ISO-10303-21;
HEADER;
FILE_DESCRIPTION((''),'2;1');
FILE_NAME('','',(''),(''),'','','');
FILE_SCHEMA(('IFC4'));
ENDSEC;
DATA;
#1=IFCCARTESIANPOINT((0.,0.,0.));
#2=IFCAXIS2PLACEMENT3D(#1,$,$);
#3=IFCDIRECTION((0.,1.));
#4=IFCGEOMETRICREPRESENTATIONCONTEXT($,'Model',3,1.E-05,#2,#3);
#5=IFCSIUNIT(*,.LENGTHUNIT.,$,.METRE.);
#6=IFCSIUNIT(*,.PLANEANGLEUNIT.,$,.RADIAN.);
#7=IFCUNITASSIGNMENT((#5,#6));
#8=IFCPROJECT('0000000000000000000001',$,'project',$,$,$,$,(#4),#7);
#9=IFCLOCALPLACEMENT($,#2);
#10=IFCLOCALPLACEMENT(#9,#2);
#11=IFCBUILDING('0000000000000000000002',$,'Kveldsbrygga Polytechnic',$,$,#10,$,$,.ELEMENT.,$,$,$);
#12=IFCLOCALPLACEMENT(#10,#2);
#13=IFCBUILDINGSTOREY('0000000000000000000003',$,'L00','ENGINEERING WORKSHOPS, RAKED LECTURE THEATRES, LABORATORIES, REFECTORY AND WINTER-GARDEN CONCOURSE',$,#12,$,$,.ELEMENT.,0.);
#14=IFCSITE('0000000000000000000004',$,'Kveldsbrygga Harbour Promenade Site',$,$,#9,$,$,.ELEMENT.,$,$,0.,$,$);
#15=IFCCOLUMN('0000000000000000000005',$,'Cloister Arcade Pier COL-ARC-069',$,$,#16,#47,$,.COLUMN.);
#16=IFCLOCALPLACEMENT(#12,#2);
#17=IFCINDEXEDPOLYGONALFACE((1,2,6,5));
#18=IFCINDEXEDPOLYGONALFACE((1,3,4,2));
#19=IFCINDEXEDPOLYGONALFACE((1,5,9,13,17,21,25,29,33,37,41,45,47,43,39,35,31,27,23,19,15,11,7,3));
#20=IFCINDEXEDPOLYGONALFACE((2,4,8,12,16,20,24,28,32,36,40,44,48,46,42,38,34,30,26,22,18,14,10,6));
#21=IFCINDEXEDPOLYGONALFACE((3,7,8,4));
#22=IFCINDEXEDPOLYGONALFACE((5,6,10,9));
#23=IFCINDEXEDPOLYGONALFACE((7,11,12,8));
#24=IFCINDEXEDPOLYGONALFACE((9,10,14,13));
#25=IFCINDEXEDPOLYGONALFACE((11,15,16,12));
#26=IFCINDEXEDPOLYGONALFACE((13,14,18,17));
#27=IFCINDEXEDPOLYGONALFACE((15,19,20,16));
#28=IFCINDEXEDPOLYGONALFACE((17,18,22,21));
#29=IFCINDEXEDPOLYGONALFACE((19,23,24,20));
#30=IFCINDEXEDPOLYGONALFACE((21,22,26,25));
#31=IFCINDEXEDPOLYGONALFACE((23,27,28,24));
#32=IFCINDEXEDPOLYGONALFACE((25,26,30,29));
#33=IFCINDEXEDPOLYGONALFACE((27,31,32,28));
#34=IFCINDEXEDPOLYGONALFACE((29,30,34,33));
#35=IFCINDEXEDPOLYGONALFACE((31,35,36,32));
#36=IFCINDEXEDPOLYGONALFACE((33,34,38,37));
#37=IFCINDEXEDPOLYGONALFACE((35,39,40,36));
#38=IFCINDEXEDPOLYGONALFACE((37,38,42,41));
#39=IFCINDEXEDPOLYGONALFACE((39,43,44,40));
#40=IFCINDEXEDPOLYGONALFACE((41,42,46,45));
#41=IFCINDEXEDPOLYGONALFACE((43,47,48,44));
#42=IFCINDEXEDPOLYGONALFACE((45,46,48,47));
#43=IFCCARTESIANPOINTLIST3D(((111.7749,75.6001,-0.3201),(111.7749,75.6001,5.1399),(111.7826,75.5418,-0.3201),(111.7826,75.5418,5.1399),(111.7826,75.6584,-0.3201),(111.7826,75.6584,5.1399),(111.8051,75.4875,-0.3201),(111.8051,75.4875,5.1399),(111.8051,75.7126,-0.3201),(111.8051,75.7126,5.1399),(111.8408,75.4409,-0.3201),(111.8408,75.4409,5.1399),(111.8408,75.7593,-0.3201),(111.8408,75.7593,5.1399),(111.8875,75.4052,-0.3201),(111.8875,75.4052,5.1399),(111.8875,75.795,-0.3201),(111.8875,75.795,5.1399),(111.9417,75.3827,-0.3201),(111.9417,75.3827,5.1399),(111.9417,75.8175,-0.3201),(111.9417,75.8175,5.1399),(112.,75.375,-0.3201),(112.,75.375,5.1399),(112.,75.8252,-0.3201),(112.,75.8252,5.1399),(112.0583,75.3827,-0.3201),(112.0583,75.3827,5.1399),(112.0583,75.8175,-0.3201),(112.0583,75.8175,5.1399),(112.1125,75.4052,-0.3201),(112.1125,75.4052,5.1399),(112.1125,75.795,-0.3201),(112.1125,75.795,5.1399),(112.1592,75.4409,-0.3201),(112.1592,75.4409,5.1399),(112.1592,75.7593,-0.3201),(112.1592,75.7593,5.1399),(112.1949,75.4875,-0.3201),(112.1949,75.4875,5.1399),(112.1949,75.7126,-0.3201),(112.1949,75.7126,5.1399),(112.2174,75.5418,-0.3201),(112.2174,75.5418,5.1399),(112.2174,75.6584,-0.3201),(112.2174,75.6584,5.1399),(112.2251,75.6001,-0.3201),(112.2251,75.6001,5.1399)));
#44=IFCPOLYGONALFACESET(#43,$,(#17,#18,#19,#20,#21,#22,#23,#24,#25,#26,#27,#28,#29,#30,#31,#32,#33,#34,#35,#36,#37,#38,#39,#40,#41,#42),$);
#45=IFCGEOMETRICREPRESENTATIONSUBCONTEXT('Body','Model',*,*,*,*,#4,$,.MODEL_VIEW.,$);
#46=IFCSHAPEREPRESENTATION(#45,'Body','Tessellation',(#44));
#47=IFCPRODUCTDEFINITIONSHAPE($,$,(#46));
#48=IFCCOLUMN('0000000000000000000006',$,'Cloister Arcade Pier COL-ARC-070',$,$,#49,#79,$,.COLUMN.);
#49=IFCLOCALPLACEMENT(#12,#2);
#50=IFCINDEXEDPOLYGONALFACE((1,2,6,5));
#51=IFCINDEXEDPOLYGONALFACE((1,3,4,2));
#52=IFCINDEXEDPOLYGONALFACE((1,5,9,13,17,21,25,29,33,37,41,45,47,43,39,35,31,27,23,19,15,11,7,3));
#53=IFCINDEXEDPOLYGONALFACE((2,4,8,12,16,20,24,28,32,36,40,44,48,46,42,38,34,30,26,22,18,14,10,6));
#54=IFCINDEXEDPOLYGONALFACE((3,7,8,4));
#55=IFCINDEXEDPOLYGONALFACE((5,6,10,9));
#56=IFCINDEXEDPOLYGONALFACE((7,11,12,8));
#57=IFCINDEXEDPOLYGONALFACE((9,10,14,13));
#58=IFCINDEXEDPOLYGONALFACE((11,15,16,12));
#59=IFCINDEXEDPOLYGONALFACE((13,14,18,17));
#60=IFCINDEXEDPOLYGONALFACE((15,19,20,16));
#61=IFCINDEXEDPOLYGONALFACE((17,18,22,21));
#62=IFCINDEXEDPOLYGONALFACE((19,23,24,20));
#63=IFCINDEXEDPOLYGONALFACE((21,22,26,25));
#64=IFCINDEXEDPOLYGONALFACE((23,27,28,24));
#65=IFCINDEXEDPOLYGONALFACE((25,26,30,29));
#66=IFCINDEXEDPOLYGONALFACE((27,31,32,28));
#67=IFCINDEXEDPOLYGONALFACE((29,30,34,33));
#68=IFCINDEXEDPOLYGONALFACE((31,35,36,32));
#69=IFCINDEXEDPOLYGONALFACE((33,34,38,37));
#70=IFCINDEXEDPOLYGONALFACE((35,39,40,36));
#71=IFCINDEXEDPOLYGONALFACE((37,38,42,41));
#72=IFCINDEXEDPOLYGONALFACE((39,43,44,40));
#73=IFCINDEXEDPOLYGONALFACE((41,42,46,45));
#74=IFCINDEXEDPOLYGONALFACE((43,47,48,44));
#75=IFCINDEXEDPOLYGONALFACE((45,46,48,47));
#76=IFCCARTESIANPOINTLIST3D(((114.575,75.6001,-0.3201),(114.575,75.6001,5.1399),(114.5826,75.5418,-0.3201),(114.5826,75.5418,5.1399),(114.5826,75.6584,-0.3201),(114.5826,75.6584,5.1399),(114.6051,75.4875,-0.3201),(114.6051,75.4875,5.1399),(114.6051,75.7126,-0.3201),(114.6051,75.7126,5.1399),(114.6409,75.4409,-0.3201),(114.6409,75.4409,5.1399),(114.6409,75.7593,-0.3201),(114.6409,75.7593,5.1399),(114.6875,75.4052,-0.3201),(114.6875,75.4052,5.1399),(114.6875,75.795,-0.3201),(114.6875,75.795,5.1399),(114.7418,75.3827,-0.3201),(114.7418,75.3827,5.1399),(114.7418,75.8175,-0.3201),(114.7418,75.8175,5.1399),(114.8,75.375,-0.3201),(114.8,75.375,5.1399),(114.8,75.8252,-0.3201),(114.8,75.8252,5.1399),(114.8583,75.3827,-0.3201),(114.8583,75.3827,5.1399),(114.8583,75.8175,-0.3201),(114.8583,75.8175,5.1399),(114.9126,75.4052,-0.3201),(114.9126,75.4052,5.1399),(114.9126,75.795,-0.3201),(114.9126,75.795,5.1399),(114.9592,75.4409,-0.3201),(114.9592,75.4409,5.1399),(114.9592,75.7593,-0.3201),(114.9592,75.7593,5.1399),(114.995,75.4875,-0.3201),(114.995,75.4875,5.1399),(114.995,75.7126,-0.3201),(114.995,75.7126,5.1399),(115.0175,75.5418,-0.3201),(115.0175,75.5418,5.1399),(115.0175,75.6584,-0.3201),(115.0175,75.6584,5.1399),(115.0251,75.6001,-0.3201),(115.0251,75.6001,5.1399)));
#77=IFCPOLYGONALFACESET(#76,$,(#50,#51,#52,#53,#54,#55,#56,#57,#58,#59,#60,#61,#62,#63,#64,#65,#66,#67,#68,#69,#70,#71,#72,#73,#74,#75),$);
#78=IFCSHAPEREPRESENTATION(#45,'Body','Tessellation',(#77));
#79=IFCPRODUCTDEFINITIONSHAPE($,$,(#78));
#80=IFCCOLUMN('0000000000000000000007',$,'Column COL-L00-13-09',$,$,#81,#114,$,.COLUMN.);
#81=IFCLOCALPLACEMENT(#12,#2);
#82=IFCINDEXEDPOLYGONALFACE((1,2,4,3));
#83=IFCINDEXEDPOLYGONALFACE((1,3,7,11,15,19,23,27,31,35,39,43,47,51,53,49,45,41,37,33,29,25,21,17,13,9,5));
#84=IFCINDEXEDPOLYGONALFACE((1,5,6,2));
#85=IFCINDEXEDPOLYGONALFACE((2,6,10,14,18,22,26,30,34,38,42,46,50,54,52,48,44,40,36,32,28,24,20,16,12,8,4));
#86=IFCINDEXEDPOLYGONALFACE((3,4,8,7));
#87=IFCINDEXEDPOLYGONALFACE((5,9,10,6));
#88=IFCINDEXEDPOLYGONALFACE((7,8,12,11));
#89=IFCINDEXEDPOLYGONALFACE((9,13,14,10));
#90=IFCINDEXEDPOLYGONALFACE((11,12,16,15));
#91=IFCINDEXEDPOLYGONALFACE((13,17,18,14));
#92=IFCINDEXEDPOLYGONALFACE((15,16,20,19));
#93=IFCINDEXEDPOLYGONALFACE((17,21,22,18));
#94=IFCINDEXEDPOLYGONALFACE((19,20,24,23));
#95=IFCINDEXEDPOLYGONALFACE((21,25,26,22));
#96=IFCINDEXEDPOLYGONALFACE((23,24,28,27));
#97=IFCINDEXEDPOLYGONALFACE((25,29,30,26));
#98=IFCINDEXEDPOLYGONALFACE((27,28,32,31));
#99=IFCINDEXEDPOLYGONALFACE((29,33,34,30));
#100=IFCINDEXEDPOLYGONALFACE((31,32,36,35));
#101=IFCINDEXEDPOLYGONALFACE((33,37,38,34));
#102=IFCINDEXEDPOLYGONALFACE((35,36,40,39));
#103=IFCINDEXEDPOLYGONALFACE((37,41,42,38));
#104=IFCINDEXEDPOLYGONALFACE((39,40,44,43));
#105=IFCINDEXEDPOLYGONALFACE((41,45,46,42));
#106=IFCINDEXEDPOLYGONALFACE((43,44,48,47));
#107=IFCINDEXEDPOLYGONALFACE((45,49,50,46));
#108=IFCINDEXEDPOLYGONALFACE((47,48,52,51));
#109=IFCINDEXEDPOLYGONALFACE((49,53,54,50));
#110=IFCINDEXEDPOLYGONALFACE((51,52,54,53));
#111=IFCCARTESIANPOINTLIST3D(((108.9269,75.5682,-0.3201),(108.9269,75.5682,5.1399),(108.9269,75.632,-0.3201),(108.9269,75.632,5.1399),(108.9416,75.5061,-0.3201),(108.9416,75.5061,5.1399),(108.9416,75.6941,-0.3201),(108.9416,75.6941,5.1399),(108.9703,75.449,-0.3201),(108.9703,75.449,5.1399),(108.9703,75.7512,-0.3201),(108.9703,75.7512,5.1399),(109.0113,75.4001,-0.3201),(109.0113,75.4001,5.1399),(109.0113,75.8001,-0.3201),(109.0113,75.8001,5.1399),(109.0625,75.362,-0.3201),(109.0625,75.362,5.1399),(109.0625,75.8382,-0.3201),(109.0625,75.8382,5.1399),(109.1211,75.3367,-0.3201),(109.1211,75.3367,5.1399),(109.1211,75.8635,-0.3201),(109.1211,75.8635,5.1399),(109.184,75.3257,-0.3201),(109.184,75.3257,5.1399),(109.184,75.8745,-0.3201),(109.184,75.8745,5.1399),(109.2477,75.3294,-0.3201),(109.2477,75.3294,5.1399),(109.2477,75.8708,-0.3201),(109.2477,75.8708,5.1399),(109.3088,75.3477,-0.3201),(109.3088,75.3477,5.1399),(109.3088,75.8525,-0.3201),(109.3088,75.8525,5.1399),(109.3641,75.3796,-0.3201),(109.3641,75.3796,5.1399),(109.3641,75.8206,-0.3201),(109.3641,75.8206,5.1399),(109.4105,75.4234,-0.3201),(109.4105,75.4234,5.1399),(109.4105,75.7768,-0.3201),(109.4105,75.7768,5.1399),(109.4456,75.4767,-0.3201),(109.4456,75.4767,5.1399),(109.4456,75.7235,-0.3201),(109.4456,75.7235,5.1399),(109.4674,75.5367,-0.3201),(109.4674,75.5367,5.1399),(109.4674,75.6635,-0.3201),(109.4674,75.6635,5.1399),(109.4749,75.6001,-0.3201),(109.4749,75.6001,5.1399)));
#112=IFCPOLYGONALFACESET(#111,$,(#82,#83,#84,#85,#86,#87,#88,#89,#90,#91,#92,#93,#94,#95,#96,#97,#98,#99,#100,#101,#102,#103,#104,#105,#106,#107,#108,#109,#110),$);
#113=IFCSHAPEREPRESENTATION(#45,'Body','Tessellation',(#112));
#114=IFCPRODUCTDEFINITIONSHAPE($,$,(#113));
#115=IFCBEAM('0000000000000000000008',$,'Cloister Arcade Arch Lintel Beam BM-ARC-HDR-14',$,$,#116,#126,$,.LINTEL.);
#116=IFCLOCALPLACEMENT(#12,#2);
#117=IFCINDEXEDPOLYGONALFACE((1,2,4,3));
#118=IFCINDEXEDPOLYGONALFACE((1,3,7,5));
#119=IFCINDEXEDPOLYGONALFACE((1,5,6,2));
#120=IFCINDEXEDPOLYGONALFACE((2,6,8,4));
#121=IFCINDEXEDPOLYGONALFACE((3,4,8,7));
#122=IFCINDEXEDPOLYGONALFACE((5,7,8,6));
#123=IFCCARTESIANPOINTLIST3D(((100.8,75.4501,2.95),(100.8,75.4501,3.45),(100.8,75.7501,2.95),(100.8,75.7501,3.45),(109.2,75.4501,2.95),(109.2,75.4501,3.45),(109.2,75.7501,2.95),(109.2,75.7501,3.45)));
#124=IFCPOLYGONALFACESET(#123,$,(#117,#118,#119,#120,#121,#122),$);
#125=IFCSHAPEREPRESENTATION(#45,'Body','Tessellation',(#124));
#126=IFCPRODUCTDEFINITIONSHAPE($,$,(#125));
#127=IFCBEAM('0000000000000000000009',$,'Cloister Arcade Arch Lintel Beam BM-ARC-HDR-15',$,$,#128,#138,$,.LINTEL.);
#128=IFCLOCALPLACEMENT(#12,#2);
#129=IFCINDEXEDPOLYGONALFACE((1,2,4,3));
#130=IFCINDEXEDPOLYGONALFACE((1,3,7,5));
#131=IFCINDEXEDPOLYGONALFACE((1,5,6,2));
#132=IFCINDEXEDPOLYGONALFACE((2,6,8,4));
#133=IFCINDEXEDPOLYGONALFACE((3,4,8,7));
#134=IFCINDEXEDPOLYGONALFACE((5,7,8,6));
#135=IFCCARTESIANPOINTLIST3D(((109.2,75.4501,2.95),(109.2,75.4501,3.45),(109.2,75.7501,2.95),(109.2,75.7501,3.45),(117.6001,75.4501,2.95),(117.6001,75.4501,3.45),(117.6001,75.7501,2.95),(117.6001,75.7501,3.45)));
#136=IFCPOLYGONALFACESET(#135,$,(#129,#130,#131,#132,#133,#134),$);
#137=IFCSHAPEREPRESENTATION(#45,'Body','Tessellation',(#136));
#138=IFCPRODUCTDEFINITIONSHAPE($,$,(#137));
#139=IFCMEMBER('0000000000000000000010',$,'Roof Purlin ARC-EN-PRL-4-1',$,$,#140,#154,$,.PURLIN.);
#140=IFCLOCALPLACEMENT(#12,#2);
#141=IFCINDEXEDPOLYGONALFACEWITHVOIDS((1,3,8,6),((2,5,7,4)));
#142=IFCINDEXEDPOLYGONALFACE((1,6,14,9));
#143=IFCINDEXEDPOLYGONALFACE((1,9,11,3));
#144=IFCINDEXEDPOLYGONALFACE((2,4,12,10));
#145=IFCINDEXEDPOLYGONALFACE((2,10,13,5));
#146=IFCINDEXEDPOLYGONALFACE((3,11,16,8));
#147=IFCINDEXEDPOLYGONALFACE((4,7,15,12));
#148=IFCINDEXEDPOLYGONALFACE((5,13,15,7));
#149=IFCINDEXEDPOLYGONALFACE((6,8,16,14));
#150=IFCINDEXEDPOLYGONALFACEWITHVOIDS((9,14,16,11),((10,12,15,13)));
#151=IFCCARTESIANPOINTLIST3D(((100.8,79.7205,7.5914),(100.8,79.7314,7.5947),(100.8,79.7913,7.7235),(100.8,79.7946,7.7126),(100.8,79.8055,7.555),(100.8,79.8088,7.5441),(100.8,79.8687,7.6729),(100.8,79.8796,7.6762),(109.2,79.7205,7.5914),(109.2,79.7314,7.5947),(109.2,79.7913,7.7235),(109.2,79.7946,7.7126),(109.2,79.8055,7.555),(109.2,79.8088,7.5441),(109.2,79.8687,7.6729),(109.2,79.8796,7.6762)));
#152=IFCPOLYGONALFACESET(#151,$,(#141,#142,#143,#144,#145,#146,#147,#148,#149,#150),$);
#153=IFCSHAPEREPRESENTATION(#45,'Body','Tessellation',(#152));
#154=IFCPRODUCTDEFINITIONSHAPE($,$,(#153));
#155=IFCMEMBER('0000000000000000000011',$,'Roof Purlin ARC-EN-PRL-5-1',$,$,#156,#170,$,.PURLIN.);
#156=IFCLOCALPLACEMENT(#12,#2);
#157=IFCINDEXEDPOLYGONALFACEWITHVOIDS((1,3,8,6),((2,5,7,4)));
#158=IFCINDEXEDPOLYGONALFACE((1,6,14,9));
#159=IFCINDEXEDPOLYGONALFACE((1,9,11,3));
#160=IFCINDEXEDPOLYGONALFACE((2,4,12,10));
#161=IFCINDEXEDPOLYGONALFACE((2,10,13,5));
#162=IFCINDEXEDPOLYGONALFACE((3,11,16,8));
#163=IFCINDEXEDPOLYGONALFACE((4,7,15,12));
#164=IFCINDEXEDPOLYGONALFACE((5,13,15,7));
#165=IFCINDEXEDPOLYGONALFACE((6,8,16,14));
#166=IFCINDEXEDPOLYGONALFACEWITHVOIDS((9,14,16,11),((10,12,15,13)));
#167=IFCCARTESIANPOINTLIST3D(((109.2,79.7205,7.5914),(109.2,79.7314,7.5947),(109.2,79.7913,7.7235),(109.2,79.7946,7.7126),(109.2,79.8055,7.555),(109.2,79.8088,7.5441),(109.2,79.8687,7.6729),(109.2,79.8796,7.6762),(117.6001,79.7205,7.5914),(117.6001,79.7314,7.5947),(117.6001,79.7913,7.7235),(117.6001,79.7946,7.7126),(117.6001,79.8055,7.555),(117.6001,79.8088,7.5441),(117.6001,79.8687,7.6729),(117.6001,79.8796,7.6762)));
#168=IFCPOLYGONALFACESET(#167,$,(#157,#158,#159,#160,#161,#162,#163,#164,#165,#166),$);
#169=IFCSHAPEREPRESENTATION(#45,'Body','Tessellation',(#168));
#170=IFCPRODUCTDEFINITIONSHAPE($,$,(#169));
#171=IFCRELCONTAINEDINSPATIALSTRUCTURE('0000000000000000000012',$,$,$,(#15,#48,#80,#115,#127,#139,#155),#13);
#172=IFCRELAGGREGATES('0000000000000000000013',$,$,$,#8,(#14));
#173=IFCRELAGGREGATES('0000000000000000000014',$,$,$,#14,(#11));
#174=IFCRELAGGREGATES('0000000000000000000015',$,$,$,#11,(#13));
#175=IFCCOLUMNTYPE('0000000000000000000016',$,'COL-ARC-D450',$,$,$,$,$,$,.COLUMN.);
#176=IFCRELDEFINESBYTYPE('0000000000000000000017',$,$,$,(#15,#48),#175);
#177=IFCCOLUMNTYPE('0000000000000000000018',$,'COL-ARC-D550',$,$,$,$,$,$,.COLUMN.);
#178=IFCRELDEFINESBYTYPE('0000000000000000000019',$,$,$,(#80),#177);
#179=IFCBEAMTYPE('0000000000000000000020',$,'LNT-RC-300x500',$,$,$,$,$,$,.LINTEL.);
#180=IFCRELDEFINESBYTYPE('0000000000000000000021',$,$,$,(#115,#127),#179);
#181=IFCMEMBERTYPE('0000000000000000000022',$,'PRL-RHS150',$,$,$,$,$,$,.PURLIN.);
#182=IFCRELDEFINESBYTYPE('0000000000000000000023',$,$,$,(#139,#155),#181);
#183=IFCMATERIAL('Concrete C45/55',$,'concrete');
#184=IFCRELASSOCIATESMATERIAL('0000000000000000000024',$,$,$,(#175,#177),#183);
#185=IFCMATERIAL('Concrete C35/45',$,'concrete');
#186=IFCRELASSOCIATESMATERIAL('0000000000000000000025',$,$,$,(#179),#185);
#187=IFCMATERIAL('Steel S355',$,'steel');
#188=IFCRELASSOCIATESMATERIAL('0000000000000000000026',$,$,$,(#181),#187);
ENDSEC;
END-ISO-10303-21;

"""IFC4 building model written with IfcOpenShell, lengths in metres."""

from ifc_helpers import new_model, si_unit, direction, frame, origin, origin_2d, place, context, subcontext, project, spatial, rectangle, hollow_rectangle, circle, extrude, material, material_profile, profile_set, type_object, element, save


model = new_model("IFC4")

# Units and contexts
model_context = context("Model", 3, precision=1e-05, world=origin(), true_north=direction((0.0, 1.0)))
body_context = subcontext(model_context, "Body", "Model", "MODEL_VIEW")
ifc_project = project(units=[si_unit("LENGTHUNIT", "METRE"), si_unit("PLANEANGLEUNIT", "RADIAN")], contexts=[model_context])

# Site, building, storey
site_placement = place(None, origin())
site = spatial("IfcSite", under=ifc_project, at=site_placement, Name="Kveldsbrygga Harbour Promenade Site", CompositionType="ELEMENT", RefElevation=0.0)
building_placement = place(site_placement, origin())
building = spatial("IfcBuilding", under=site, at=building_placement, Name="Kveldsbrygga Polytechnic", CompositionType="ELEMENT")
storey_placement = place(building_placement, origin())
storey = spatial("IfcBuildingStorey", under=building, at=storey_placement, Name="L00", Description="ENGINEERING WORKSHOPS, RAKED LECTURE THEATRES, LABORATORIES, REFECTORY AND WINTER-GARDEN CONCOURSE", CompositionType="ELEMENT", Elevation=0.0)

# Shared definitions
ifc_material_1 = material(Name="Concrete C35/45", Category="concrete")

# Shared definitions
ifc_material_2 = material(Name="Concrete C45/55", Category="concrete")

# Columns
ifc_material_profile_1 = material_profile(ifc_material_2, circle(Radius=0.2251, at=origin_2d()), Name="RC D450")
ifc_profile_set_1 = profile_set([ifc_material_profile_1], Name="Concrete C45/55")
column_type_1 = type_object("IfcColumnType", Name="COL-ARC-D450", PredefinedType="COLUMN", material=ifc_profile_set_1)
for number, where, z_axis, x_axis, name in (
    (1, (112.0, 75.6001, -0.3201), (0.0, 0.0, 1.0), (1.0, 0.0, 0.0), "Cloister Arcade Pier COL-ARC-069"),
    (2, (114.8, 75.6001, -0.3201), (0.0, 0.0, 1.0), (1.0, 0.0, 0.0), "Cloister Arcade Pier COL-ARC-070"),
):
    element("IfcColumn", number, at=place(storey_placement, frame(where, z_axis=z_axis, x_axis=x_axis)), inside=storey, type_object=column_type_1, Name=name, PredefinedType="COLUMN", context=body_context, shape_type="SweptSolid", body=[
        extrude(circle(Radius=0.2251, at=origin_2d()), origin(), (0.0, 0.0, 1.0), 5.46),
    ])
ifc_material_profile_2 = material_profile(ifc_material_2, circle(Radius=0.2749, at=origin_2d()), Name="RC D550")
ifc_profile_set_2 = profile_set([ifc_material_profile_2], Name="Concrete C45/55")
column_type_2 = type_object("IfcColumnType", Name="COL-ARC-D550", PredefinedType="COLUMN", material=ifc_profile_set_2)
column_placement = place(storey_placement, frame((109.2, 75.6001, -0.3201), z_axis=(0.0, 0.0, 1.0), x_axis=(1.0, 0.0, 0.0)))
element("IfcColumn", 3, at=column_placement, inside=storey, type_object=column_type_2, Name="Column COL-L00-13-09", PredefinedType="COLUMN", context=body_context, shape_type="SweptSolid", body=[
    extrude(circle(Radius=0.2749, at=origin_2d()), origin(), (0.0, 0.0, 1.0), 5.46),
])

# Beams
ifc_material_profile_3 = material_profile(ifc_material_1, rectangle(XDim=0.3, YDim=0.5, at=origin_2d()), Name="RC 300x500")
ifc_profile_set_3 = profile_set([ifc_material_profile_3], Name="Concrete C35/45")
beam_type = type_object("IfcBeamType", Name="LNT-RC-300x500", PredefinedType="LINTEL", material=ifc_profile_set_3)
beam_1_placement = place(storey_placement, frame((100.8, 75.6001, 3.2), z_axis=(1.0, 0.0, 0.0), x_axis=(0.0, 1.0, 0.0)))
element("IfcBeam", 4, at=beam_1_placement, inside=storey, type_object=beam_type, Name="Cloister Arcade Arch Lintel Beam BM-ARC-HDR-14", PredefinedType="LINTEL", context=body_context, shape_type="SweptSolid", body=[
    extrude(rectangle(XDim=0.3, YDim=0.5, at=origin_2d()), origin(), (0.0, 0.0, 1.0), 8.3999),
])
beam_2_placement = place(storey_placement, frame((109.2, 75.6001, 3.2), z_axis=(1.0, 0.0, 0.0), x_axis=(0.0, 1.0, 0.0)))
element("IfcBeam", 5, at=beam_2_placement, inside=storey, type_object=beam_type, Name="Cloister Arcade Arch Lintel Beam BM-ARC-HDR-15", PredefinedType="LINTEL", context=body_context, shape_type="SweptSolid", body=[
    extrude(rectangle(XDim=0.3, YDim=0.5, at=origin_2d()), origin(), (0.0, 0.0, 1.0), 8.4001),
])

# Members
ifc_material_3 = material(Name="Steel S355", Category="steel")
ifc_material_profile_4 = material_profile(ifc_material_3, hollow_rectangle(XDim=0.1001, YDim=0.1499, WallThickness=0.0081, at=origin_2d()), Name="RHS 150x100x8.0")
ifc_profile_set_4 = profile_set([ifc_material_profile_4], Name="Steel S355")
member_type_1 = type_object("IfcMemberType", Name="PRL-RHS150", PredefinedType="PURLIN", material=ifc_profile_set_4)
member_1_placement = place(storey_placement, frame((100.8, 79.8, 7.6338), z_axis=(1.0, 0.0, 0.0), x_axis=(0.0, 0.88148, -0.472222)))
element("IfcMember", 6, at=member_1_placement, inside=storey, type_object=member_type_1, Name="Roof Purlin ARC-EN-PRL-4-1", PredefinedType="PURLIN", context=body_context, shape_type="SweptSolid", body=[
    extrude(hollow_rectangle(XDim=0.1001, YDim=0.1499, WallThickness=0.0081, at=origin_2d()), origin(), (0.0, 0.0, 1.0), 8.3999),
])
member_2_placement = place(storey_placement, frame((109.2, 79.8, 7.6338), z_axis=(1.0, 0.0, 0.0), x_axis=(0.0, 0.88148, -0.472222)))
element("IfcMember", 7, at=member_2_placement, inside=storey, type_object=member_type_1, Name="Roof Purlin ARC-EN-PRL-5-1", PredefinedType="PURLIN", context=body_context, shape_type="SweptSolid", body=[
    extrude(hollow_rectangle(XDim=0.1001, YDim=0.1499, WallThickness=0.0081, at=origin_2d()), origin(), (0.0, 0.0, 1.0), 8.4001),
])

save(model, "model.ifc")
